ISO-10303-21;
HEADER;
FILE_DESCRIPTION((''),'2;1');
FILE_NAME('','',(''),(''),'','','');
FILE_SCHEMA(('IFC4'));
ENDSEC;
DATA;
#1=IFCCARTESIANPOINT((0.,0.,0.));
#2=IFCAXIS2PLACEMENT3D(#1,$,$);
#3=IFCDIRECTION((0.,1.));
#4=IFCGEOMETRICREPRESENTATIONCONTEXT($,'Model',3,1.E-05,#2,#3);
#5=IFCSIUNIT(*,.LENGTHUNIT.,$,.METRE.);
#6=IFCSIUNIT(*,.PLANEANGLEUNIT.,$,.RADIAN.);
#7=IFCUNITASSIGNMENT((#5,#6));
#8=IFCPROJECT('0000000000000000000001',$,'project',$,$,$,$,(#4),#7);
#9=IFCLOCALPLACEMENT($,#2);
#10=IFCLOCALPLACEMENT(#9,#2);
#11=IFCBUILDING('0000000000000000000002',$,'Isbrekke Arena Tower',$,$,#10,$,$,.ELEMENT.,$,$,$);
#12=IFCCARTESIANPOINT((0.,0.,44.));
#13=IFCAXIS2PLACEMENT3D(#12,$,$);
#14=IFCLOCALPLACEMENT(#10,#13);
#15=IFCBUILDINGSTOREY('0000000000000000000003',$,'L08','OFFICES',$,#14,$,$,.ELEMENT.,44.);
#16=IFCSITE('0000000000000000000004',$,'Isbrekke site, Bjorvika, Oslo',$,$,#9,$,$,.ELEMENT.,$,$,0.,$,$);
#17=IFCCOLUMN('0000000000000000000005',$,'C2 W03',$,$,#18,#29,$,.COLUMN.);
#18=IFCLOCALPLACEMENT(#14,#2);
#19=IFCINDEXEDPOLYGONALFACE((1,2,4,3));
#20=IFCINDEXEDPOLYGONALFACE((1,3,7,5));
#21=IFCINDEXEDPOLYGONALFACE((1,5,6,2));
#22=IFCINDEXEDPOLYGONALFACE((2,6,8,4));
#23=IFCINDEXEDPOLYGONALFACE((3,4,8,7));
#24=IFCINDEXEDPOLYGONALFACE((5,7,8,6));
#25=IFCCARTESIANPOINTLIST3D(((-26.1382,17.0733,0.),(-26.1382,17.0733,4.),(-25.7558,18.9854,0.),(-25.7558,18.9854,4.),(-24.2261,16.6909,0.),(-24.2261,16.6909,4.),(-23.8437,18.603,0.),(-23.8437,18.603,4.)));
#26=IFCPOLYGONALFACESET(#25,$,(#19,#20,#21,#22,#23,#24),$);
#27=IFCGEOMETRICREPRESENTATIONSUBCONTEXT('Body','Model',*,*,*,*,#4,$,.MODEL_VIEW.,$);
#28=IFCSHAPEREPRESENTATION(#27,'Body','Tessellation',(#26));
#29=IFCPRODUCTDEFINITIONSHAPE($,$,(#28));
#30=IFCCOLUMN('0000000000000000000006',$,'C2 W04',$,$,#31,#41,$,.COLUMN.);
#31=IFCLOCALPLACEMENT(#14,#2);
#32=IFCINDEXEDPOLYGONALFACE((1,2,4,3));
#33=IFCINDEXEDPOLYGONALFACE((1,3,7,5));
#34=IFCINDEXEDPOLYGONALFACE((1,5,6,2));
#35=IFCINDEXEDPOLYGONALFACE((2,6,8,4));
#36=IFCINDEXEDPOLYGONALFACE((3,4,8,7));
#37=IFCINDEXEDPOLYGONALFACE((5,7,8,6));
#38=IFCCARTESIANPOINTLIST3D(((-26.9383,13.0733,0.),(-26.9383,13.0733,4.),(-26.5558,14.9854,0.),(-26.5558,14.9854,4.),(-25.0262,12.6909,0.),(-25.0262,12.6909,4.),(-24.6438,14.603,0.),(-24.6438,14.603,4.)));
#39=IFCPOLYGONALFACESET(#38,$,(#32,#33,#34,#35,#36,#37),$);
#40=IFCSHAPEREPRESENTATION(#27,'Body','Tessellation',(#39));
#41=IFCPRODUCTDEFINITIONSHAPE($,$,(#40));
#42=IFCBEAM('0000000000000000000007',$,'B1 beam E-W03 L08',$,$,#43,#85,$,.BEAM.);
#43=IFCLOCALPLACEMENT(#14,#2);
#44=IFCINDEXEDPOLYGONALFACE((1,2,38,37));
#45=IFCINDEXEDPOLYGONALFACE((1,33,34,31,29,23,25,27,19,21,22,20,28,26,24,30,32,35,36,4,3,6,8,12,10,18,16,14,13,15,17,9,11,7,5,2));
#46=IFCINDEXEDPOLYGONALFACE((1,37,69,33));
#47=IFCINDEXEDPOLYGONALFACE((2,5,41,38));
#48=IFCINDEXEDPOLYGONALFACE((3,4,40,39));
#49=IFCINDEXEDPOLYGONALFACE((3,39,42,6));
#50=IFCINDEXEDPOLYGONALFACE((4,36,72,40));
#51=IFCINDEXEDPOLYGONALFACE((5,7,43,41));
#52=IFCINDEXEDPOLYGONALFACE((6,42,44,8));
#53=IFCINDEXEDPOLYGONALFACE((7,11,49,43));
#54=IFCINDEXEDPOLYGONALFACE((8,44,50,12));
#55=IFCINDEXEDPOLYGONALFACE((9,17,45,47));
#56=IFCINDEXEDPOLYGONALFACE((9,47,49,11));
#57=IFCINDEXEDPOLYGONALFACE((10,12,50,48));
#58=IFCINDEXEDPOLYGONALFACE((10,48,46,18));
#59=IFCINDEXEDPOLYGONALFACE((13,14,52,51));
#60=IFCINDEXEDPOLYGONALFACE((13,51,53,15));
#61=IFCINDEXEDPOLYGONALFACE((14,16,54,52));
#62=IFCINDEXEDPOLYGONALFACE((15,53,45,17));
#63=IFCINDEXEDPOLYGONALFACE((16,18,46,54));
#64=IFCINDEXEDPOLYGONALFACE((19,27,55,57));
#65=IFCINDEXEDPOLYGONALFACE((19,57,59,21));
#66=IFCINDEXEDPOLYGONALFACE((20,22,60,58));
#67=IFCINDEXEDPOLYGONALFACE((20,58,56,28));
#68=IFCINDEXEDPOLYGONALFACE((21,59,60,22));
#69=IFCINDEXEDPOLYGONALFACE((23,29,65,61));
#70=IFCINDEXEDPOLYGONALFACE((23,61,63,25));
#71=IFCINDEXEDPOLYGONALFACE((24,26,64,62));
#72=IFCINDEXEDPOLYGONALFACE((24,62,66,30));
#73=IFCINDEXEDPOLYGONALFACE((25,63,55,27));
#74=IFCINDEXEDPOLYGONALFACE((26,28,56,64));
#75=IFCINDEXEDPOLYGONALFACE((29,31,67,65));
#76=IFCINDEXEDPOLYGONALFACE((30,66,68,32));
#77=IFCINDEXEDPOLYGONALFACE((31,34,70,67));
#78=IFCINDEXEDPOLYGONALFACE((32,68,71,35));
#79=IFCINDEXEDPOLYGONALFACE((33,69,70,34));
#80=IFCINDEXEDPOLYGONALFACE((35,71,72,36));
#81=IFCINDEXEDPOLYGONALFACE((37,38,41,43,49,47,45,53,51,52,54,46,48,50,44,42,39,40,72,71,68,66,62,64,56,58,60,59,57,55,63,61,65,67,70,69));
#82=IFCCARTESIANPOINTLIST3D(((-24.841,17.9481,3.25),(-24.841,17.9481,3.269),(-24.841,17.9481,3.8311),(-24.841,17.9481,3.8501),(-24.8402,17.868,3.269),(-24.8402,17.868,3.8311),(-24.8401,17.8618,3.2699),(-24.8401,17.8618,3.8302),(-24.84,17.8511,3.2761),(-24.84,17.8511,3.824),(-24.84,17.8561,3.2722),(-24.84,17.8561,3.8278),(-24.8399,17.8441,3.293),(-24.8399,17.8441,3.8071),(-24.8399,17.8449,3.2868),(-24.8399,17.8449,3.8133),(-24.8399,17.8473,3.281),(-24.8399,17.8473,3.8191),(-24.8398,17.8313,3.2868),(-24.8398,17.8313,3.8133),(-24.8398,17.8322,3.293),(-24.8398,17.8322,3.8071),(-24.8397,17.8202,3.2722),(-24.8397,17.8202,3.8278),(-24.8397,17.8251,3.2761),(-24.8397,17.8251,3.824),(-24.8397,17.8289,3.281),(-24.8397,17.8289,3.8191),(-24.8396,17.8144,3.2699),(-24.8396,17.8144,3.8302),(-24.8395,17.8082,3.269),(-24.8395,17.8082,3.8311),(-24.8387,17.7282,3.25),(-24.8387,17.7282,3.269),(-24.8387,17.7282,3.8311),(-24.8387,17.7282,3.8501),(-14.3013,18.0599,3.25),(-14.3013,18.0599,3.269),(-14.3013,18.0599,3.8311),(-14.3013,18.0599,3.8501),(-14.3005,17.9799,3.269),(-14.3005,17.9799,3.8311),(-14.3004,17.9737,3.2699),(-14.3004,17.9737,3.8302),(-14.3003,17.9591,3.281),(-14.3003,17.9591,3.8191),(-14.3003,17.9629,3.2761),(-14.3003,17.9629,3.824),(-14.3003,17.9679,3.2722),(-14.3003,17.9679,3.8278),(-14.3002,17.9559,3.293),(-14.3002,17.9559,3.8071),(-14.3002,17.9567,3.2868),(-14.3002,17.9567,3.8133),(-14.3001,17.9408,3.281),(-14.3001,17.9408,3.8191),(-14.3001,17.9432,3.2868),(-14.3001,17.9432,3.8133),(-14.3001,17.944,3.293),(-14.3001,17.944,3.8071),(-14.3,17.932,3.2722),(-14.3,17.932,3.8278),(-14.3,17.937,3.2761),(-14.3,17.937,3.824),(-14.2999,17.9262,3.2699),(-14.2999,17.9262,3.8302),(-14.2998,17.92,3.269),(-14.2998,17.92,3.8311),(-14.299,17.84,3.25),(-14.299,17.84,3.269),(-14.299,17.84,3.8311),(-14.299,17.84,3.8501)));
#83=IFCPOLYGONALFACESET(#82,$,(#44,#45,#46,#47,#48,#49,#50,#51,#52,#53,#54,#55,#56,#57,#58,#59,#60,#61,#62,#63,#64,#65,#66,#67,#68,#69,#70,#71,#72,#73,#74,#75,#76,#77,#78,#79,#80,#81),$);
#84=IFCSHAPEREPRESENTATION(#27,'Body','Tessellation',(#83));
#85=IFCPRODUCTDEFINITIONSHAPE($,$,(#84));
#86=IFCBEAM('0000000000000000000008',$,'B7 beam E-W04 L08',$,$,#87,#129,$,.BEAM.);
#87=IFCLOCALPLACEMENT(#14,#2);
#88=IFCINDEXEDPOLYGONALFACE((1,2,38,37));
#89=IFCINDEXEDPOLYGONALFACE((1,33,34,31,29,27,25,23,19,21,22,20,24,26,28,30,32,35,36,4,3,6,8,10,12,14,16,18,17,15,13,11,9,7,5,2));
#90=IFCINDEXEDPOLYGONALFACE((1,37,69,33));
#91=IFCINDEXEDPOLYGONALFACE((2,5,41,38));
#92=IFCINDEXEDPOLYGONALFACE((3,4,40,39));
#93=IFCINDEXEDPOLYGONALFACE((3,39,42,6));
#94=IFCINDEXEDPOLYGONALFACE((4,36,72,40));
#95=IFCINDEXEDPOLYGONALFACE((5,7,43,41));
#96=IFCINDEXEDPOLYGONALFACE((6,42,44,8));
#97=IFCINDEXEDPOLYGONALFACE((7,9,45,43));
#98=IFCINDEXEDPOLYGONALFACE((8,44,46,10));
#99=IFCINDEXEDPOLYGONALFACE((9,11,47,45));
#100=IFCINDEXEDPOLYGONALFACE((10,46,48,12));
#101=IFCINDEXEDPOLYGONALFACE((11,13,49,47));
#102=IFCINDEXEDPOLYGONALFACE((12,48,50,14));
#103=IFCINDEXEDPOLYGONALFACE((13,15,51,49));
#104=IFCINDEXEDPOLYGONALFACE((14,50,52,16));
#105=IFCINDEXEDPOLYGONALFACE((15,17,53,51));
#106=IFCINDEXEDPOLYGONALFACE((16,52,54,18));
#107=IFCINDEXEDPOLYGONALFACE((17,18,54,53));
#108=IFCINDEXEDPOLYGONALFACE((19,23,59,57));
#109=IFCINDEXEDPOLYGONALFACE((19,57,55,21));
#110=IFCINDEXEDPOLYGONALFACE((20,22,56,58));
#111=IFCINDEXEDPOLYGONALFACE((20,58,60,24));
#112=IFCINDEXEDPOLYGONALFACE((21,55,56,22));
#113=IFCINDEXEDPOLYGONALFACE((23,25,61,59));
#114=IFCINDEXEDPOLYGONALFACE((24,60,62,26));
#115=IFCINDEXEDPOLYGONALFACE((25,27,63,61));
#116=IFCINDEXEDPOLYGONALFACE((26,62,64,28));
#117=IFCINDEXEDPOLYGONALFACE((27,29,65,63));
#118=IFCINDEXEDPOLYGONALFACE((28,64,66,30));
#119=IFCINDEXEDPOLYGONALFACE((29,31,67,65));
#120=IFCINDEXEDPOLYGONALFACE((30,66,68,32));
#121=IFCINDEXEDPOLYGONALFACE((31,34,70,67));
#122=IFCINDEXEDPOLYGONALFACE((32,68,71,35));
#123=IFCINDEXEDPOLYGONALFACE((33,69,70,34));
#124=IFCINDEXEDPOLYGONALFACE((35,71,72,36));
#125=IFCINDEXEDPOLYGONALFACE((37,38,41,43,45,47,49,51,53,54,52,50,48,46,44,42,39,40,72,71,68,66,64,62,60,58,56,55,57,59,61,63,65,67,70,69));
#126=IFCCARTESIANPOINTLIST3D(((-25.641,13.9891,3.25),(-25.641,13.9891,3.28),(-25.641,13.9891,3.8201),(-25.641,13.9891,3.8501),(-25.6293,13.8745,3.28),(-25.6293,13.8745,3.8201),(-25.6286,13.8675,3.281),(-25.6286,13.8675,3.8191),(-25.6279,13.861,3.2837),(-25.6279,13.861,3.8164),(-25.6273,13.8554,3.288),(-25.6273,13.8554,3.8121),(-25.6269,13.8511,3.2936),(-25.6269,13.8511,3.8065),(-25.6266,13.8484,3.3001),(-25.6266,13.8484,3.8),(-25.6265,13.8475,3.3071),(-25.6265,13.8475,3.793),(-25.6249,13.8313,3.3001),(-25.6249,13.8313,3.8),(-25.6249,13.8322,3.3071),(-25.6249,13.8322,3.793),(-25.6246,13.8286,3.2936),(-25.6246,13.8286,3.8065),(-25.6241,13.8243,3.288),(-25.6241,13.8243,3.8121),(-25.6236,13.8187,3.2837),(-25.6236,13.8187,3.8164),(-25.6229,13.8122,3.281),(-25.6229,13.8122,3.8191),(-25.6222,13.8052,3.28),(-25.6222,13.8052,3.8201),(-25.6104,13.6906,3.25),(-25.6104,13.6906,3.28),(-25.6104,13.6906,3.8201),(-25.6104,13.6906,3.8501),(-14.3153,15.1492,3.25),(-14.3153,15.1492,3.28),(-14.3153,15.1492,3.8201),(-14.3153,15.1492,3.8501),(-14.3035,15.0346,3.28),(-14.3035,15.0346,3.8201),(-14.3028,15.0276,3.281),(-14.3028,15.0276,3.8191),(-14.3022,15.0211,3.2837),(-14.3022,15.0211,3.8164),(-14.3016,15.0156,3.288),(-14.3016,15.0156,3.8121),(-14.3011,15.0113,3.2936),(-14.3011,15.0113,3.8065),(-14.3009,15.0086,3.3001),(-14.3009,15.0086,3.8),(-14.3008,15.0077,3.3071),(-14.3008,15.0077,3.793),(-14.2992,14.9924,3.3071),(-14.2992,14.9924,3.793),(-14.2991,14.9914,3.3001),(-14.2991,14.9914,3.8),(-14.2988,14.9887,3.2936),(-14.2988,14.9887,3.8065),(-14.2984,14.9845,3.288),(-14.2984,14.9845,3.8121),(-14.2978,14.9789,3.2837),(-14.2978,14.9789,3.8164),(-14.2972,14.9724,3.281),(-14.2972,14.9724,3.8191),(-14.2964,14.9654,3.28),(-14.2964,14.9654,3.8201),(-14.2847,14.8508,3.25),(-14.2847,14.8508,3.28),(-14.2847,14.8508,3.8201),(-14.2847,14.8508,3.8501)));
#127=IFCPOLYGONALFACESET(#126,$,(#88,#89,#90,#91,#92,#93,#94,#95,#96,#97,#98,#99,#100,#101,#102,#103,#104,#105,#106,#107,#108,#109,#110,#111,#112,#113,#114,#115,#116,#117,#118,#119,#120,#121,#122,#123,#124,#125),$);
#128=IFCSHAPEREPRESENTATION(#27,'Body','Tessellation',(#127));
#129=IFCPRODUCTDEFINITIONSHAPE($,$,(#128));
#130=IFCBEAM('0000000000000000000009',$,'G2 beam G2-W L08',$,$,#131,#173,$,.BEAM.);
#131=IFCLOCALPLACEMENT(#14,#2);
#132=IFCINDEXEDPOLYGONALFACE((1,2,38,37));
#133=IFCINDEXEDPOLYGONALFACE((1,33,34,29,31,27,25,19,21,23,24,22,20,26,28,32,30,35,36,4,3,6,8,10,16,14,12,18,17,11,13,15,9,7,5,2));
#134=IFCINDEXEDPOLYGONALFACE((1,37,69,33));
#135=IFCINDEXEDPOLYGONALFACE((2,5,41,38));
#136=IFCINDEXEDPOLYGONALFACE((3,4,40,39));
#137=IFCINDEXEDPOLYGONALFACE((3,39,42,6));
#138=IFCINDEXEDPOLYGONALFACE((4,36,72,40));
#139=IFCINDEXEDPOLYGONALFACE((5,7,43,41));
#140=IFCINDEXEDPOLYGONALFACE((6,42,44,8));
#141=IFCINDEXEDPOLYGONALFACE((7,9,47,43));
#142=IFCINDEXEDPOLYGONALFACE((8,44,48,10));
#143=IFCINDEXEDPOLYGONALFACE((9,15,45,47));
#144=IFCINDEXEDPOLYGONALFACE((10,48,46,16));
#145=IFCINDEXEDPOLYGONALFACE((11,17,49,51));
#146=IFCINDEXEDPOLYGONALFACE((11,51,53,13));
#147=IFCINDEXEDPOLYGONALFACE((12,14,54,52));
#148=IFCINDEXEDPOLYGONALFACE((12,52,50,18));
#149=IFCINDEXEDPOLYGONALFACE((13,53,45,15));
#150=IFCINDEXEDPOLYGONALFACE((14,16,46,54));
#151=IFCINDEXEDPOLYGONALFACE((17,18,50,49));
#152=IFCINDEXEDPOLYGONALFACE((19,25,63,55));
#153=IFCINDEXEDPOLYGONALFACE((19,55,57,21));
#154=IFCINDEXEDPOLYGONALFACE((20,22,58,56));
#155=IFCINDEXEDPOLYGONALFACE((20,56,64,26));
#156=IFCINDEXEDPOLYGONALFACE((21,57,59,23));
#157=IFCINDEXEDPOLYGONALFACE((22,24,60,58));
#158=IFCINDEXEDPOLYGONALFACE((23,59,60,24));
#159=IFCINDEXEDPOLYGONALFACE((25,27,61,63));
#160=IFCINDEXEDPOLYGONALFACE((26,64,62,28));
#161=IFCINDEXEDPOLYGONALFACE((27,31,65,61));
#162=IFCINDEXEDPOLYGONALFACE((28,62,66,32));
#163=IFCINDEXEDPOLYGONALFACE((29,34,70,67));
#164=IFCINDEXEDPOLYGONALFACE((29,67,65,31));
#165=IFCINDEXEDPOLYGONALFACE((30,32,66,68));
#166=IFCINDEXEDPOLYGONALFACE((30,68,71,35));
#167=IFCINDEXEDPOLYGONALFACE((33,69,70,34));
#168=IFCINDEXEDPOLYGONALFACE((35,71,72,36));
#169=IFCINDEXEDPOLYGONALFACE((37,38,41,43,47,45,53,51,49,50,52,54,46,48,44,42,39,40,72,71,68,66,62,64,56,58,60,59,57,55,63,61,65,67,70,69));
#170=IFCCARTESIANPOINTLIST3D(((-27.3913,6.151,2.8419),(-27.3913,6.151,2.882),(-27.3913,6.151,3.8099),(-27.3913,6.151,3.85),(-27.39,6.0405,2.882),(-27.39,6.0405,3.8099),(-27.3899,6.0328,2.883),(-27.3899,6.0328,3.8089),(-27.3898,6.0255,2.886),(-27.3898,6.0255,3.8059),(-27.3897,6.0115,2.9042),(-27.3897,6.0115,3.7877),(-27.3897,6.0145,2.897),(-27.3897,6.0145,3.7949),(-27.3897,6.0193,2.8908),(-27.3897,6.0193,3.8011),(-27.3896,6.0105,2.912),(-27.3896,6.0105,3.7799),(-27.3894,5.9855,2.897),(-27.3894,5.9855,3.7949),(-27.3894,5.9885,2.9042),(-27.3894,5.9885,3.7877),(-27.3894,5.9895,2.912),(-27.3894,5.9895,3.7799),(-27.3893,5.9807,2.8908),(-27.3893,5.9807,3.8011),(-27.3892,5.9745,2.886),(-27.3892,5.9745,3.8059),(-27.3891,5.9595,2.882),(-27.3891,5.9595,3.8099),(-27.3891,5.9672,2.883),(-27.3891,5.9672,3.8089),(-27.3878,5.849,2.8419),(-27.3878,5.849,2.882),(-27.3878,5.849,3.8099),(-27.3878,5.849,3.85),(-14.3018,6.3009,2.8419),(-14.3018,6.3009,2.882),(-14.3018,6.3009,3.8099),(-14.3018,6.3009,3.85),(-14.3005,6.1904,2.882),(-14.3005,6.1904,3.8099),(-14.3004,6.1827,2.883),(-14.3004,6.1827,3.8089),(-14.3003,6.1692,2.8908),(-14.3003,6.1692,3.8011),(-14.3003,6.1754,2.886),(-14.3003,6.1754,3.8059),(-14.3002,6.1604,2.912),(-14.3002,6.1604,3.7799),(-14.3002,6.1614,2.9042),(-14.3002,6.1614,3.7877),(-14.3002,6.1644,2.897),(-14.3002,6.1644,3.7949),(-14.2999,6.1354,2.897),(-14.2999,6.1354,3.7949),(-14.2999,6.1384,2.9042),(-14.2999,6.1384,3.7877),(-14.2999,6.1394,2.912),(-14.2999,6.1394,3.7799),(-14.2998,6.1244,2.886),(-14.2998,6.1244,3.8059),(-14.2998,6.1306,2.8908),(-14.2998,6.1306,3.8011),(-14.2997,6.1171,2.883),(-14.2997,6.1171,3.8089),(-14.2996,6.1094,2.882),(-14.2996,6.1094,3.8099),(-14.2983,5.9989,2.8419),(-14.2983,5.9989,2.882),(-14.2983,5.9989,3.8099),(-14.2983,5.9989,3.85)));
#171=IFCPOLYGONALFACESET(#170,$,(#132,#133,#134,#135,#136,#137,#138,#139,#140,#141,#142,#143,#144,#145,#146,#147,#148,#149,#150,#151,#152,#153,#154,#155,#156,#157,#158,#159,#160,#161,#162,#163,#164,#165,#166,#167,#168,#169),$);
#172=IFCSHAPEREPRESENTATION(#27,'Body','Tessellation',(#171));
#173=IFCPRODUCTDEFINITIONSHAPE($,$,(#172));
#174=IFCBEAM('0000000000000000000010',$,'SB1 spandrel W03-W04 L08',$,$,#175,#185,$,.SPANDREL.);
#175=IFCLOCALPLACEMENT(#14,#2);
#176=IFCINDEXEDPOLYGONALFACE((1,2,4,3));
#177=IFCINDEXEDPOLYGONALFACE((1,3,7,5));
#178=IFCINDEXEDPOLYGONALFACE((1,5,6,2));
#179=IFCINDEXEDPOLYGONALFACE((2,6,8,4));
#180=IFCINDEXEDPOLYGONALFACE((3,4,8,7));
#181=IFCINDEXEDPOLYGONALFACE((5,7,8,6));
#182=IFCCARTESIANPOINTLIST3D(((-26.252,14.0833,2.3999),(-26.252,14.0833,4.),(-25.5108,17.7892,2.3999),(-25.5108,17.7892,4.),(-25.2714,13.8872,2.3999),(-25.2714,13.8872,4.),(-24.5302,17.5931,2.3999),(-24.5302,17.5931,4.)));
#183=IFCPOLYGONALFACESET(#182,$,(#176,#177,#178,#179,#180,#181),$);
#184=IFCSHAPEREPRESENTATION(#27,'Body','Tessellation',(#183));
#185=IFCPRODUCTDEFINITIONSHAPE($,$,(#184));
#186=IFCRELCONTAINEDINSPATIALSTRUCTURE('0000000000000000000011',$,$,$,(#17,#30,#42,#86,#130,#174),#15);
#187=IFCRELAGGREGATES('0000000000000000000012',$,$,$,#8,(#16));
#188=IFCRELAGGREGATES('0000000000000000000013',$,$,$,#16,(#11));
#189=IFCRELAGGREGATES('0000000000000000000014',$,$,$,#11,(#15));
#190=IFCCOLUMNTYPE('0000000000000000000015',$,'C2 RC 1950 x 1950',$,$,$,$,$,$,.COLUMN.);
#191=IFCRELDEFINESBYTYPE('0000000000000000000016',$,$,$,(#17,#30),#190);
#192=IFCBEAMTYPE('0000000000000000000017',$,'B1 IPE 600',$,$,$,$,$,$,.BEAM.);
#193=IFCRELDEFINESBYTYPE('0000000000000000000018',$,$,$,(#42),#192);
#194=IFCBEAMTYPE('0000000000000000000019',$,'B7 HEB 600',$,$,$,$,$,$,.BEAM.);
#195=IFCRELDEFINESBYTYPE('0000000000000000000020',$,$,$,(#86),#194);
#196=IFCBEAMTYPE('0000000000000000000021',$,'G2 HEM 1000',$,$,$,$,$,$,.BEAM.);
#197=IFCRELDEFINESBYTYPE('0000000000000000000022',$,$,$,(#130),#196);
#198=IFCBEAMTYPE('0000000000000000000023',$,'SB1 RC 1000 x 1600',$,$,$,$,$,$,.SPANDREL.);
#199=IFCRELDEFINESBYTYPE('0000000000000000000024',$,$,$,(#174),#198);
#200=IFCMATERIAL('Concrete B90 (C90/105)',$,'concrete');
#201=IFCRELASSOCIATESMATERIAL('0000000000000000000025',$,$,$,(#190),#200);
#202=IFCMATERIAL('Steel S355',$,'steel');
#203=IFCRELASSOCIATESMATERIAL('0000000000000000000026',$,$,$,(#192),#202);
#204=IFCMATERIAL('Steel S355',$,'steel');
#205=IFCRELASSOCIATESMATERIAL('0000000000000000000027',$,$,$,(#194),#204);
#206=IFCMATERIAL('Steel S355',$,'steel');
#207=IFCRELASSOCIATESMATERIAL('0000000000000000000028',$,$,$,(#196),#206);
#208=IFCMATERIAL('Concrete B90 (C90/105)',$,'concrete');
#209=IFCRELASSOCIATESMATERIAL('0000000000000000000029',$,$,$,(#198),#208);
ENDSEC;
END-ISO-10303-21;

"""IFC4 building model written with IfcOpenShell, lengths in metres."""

from ifc_helpers import new_model, si_unit, direction, frame, origin, origin_2d, place, context, subcontext, project, spatial, rectangle, i_section, extrude, material, material_profile, profile_set, type_object, element, save


model = new_model("IFC4")

# Units and contexts
model_context = context("Model", 3, precision=1e-05, world=origin(), true_north=direction((0.0, 1.0)))
body_context = subcontext(model_context, "Body", "Model", "MODEL_VIEW")
ifc_project = project(units=[si_unit("LENGTHUNIT", "METRE"), si_unit("PLANEANGLEUNIT", "RADIAN")], contexts=[model_context])

# Site, building, storey
site_placement = place(None, origin())
site = spatial("IfcSite", under=ifc_project, at=site_placement, Name="Isbrekke site, Bjorvika, Oslo", CompositionType="ELEMENT", RefElevation=0.0)
building_placement = place(site_placement, origin())
building = spatial("IfcBuilding", under=site, at=building_placement, Name="Isbrekke Arena Tower", CompositionType="ELEMENT")
storey_placement = place(building_placement, frame((0.0, 0.0, 44.0)))
storey = spatial("IfcBuildingStorey", under=building, at=storey_placement, Name="L08", Description="OFFICES", CompositionType="ELEMENT", Elevation=44.0)

# Columns
ifc_material_1 = material(Name="Concrete B90 (C90/105)", Category="concrete")
ifc_material_profile_1 = material_profile(ifc_material_1, rectangle(XDim=1.95, YDim=1.95, at=origin_2d()), Name="RC 1950x1950")
ifc_profile_set_1 = profile_set([ifc_material_profile_1], Name="Concrete B90 (C90/105)")
column_type = type_object("IfcColumnType", Name="C2 RC 1950 x 1950", PredefinedType="COLUMN", material=ifc_profile_set_1)
for number, where, z_axis, x_axis, name in (
    (1, (-24.991, 17.8381, 0.0), (0.0, 0.0, 1.0), (-0.196116, -0.980581, 0.0), "C2 W03"),
    (2, (-25.791, 13.8381, 0.0), (0.0, 0.0, 1.0), (-0.196116, -0.980581, 0.0), "C2 W04"),
):
    element("IfcColumn", number, at=place(storey_placement, frame(where, z_axis=z_axis, x_axis=x_axis)), inside=storey, type_object=column_type, Name=name, PredefinedType="COLUMN", context=body_context, shape_type="SweptSolid", body=[
        extrude(rectangle(XDim=1.95, YDim=1.95, at=origin_2d()), origin(), (0.0, 0.0, 1.0), 4.0),
    ])

# Beams
ifc_material_2 = material(Name="Steel S355", Category="steel")
ifc_material_profile_2 = material_profile(ifc_material_2, i_section(OverallWidth=0.22, OverallDepth=0.6001, WebThickness=0.012, FlangeThickness=0.019, FilletRadius=0.0239, at=origin_2d()), Name="IPE 600")
ifc_profile_set_2 = profile_set([ifc_material_profile_2], Name="Steel S355")
beam_type_1 = type_object("IfcBeamType", Name="B1 IPE 600", PredefinedType="BEAM", material=ifc_profile_set_2)
beam_1_placement = place(storey_placement, frame((-24.8398, 17.8381, 3.55), z_axis=(0.999944, 0.010608, 0.0), x_axis=(-0.010608, 0.999944, 0.0)))
element("IfcBeam", 3, at=beam_1_placement, inside=storey, type_object=beam_type_1, Name="B1 beam E-W03 L08", PredefinedType="BEAM", context=body_context, shape_type="SweptSolid", body=[
    extrude(i_section(OverallWidth=0.22, OverallDepth=0.6001, WebThickness=0.012, FlangeThickness=0.019, FilletRadius=0.0239, at=origin_2d()), origin(), (0.0, 0.0, 1.0), 10.5403),
])
ifc_material_3 = material(Name="Steel S355", Category="steel")
ifc_material_profile_3 = material_profile(ifc_material_3, i_section(OverallWidth=0.3, OverallDepth=0.6001, WebThickness=0.0154, FlangeThickness=0.03, FilletRadius=0.0271, at=origin_2d()), Name="HEB 600")
ifc_profile_set_3 = profile_set([ifc_material_profile_3], Name="Steel S355")
beam_type_2 = type_object("IfcBeamType", Name="B7 HEB 600", PredefinedType="BEAM", material=ifc_profile_set_3)
beam_2_placement = place(storey_placement, frame((-25.6257, 13.8398, 3.55), z_axis=(0.994794, 0.101903, 0.0), x_axis=(-0.101903, 0.994794, 0.0)))
element("IfcBeam", 4, at=beam_2_placement, inside=storey, type_object=beam_type_2, Name="B7 beam E-W04 L08", PredefinedType="BEAM", context=body_context, shape_type="SweptSolid", body=[
    extrude(i_section(OverallWidth=0.3, OverallDepth=0.6001, WebThickness=0.0154, FlangeThickness=0.03, FilletRadius=0.0271, at=origin_2d()), origin(), (0.0, 0.0, 1.0), 11.385),
])
ifc_material_4 = material(Name="Steel S355", Category="steel")
ifc_material_profile_4 = material_profile(ifc_material_4, i_section(OverallWidth=0.302, OverallDepth=1.0081, WebThickness=0.021, FlangeThickness=0.04, FilletRadius=0.03, at=origin_2d()), Name="HEM 1000")
ifc_profile_set_4 = profile_set([ifc_material_profile_4], Name="Steel S355")
beam_type_3 = type_object("IfcBeamType", Name="G2 HEM 1000", PredefinedType="BEAM", material=ifc_profile_set_4)
beam_3_placement = place(storey_placement, frame((-14.3, 6.1499, 3.3459), z_axis=(-0.999934, -0.011451, 0.0), x_axis=(0.011451, -0.999934, 0.0)))
element("IfcBeam", 5, at=beam_3_placement, inside=storey, type_object=beam_type_3, Name="G2 beam G2-W L08", PredefinedType="BEAM", context=body_context, shape_type="SweptSolid", body=[
    extrude(i_section(OverallWidth=0.302, OverallDepth=1.0081, WebThickness=0.021, FlangeThickness=0.04, FilletRadius=0.03, at=origin_2d()), origin(), (0.0, 0.0, 1.0), 13.0903),
])
ifc_material_5 = material(Name="Concrete B90 (C90/105)", Category="concrete")
ifc_material_profile_5 = material_profile(ifc_material_5, rectangle(XDim=1.0, YDim=1.6001, at=origin_2d()), Name="RC 1000x1600")
ifc_profile_set_5 = profile_set([ifc_material_profile_5], Name="Concrete B90 (C90/105)")
beam_type_4 = type_object("IfcBeamType", Name="SB1 RC 1000 x 1600", PredefinedType="SPANDREL", material=ifc_profile_set_5)
beam_4_placement = place(storey_placement, frame((-25.0205, 17.6912, 3.2), z_axis=(-0.196129, -0.980578, 0.0), x_axis=(0.980578, -0.196129, 0.0)))
element("IfcBeam", 6, at=beam_4_placement, inside=storey, type_object=beam_type_4, Name="SB1 spandrel W03-W04 L08", PredefinedType="SPANDREL", context=body_context, shape_type="SweptSolid", body=[
    extrude(rectangle(XDim=1.0, YDim=1.6001, at=origin_2d()), origin(), (0.0, 0.0, 1.0), 3.7793),
])

save(model, "model.ifc")
